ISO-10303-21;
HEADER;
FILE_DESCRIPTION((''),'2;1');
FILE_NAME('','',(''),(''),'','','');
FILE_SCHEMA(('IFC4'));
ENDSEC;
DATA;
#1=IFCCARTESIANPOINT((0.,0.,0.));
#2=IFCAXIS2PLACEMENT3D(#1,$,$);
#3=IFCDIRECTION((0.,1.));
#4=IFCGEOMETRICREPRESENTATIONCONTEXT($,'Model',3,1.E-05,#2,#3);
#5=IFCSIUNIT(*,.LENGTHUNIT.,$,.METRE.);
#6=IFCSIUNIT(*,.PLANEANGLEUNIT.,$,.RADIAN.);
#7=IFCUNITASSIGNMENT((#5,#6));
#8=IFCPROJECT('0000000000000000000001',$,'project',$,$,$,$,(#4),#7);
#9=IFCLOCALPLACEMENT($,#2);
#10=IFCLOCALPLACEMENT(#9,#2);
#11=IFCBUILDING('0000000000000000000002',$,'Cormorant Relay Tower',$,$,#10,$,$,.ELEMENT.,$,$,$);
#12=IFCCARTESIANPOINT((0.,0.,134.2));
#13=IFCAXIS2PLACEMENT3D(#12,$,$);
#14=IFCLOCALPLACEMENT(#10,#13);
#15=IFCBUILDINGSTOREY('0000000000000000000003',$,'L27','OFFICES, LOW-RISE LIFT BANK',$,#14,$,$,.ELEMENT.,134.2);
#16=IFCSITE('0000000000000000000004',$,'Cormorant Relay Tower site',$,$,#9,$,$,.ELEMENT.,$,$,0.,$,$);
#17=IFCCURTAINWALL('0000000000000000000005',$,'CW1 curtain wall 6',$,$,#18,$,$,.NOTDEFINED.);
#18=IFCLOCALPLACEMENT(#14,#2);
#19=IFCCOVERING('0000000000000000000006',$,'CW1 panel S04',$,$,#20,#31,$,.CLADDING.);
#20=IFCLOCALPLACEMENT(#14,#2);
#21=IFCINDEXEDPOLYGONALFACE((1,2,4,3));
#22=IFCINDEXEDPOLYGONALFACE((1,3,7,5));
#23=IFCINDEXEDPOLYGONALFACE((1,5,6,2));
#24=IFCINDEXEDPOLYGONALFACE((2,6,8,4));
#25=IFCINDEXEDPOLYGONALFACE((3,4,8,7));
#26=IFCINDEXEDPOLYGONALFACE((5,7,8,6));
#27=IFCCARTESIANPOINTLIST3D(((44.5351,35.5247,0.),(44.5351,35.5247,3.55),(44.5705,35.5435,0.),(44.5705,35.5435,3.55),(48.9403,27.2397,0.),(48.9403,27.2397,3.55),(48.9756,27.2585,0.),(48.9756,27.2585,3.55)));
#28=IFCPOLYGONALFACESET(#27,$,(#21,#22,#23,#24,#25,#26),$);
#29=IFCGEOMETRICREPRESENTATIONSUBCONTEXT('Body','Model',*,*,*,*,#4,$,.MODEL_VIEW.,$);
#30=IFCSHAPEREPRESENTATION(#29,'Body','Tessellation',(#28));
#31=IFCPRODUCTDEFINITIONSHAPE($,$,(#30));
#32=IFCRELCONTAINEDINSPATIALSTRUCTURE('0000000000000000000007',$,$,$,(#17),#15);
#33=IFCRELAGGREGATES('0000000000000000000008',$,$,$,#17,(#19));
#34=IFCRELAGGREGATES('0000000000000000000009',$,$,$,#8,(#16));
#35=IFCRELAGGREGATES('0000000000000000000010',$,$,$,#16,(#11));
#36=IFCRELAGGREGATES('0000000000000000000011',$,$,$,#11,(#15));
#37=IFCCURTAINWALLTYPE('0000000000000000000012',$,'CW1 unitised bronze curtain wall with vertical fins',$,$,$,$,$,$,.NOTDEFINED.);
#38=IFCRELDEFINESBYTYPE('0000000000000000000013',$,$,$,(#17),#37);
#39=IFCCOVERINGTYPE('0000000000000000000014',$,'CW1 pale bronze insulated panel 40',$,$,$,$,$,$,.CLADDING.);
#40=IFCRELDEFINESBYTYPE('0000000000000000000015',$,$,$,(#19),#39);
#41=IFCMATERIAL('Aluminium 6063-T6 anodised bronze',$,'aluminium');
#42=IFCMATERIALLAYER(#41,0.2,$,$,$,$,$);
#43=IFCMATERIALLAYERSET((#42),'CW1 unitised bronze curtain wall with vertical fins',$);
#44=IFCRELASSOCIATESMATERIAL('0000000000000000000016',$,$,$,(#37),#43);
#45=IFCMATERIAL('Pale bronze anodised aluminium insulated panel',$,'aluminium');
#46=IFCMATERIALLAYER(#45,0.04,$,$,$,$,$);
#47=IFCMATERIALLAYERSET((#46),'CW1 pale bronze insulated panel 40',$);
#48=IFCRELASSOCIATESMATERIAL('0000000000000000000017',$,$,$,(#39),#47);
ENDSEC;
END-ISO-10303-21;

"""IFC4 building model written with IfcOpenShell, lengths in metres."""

from ifc_helpers import new_model, si_unit, direction, frame, origin, origin_2d, place, context, subcontext, project, spatial, rectangle, extrude, material, layer, layer_set, type_object, element, aggregate, save


model = new_model("IFC4")

# Units and contexts
model_context = context("Model", 3, precision=1e-05, world=origin(), true_north=direction((0.0, 1.0)))
body_context = subcontext(model_context, "Body", "Model", "MODEL_VIEW")
ifc_project = project(units=[si_unit("LENGTHUNIT", "METRE"), si_unit("PLANEANGLEUNIT", "RADIAN")], contexts=[model_context])

# Site, building, storey
site_placement = place(None, origin())
site = spatial("IfcSite", under=ifc_project, at=site_placement, Name="Cormorant Relay Tower site", CompositionType="ELEMENT", RefElevation=0.0)
building_placement = place(site_placement, origin())
building = spatial("IfcBuilding", under=site, at=building_placement, Name="Cormorant Relay Tower", CompositionType="ELEMENT")
storey_placement = place(building_placement, frame((0.0, 0.0, 134.2)))
storey = spatial("IfcBuildingStorey", under=building, at=storey_placement, Name="L27", Description="OFFICES, LOW-RISE LIFT BANK", CompositionType="ELEMENT", Elevation=134.2)

# Curtain wall
ifc_material_1 = material(Name="Aluminium 6063-T6 anodised bronze", Category="aluminium")
ifc_layer_1 = layer(ifc_material_1, 0.2)
ifc_layer_set_1 = layer_set([ifc_layer_1], Name="CW1 unitised bronze curtain wall with vertical fins")
curtain_wall_type = type_object("IfcCurtainWallType", Name="CW1 unitised bronze curtain wall with vertical fins", PredefinedType="NOTDEFINED", material=ifc_layer_set_1)
curtain_wall_placement = place(storey_placement, origin())
curtain_wall = element("IfcCurtainWall", 1, at=curtain_wall_placement, inside=storey, type_object=curtain_wall_type, Name="CW1 curtain wall 6", PredefinedType="NOTDEFINED")

# Covering
ifc_material_2 = material(Name="Pale bronze anodised aluminium insulated panel", Category="aluminium")
ifc_layer_2 = layer(ifc_material_2, 0.04)
ifc_layer_set_2 = layer_set([ifc_layer_2], Name="CW1 pale bronze insulated panel 40")
covering_type = type_object("IfcCoveringType", Name="CW1 pale bronze insulated panel 40", PredefinedType="CLADDING", material=ifc_layer_set_2)
covering_1_placement = place(storey_placement, frame((46.7554, 31.3916, 0.0), z_axis=(0.0, 0.0, 1.0), x_axis=(-0.469472, 0.882948, 0.0)))
covering_1 = element("IfcCovering", 2, at=covering_1_placement, type_object=covering_type, Name="CW1 panel S04", PredefinedType="CLADDING", context=body_context, shape_type="SweptSolid", body=[
    extrude(rectangle(XDim=9.3833, YDim=0.04, at=origin_2d()), origin(), (0.0, 0.0, 1.0), 3.55),
])
aggregate(curtain_wall, [covering_1])

save(model, "model.ifc")
